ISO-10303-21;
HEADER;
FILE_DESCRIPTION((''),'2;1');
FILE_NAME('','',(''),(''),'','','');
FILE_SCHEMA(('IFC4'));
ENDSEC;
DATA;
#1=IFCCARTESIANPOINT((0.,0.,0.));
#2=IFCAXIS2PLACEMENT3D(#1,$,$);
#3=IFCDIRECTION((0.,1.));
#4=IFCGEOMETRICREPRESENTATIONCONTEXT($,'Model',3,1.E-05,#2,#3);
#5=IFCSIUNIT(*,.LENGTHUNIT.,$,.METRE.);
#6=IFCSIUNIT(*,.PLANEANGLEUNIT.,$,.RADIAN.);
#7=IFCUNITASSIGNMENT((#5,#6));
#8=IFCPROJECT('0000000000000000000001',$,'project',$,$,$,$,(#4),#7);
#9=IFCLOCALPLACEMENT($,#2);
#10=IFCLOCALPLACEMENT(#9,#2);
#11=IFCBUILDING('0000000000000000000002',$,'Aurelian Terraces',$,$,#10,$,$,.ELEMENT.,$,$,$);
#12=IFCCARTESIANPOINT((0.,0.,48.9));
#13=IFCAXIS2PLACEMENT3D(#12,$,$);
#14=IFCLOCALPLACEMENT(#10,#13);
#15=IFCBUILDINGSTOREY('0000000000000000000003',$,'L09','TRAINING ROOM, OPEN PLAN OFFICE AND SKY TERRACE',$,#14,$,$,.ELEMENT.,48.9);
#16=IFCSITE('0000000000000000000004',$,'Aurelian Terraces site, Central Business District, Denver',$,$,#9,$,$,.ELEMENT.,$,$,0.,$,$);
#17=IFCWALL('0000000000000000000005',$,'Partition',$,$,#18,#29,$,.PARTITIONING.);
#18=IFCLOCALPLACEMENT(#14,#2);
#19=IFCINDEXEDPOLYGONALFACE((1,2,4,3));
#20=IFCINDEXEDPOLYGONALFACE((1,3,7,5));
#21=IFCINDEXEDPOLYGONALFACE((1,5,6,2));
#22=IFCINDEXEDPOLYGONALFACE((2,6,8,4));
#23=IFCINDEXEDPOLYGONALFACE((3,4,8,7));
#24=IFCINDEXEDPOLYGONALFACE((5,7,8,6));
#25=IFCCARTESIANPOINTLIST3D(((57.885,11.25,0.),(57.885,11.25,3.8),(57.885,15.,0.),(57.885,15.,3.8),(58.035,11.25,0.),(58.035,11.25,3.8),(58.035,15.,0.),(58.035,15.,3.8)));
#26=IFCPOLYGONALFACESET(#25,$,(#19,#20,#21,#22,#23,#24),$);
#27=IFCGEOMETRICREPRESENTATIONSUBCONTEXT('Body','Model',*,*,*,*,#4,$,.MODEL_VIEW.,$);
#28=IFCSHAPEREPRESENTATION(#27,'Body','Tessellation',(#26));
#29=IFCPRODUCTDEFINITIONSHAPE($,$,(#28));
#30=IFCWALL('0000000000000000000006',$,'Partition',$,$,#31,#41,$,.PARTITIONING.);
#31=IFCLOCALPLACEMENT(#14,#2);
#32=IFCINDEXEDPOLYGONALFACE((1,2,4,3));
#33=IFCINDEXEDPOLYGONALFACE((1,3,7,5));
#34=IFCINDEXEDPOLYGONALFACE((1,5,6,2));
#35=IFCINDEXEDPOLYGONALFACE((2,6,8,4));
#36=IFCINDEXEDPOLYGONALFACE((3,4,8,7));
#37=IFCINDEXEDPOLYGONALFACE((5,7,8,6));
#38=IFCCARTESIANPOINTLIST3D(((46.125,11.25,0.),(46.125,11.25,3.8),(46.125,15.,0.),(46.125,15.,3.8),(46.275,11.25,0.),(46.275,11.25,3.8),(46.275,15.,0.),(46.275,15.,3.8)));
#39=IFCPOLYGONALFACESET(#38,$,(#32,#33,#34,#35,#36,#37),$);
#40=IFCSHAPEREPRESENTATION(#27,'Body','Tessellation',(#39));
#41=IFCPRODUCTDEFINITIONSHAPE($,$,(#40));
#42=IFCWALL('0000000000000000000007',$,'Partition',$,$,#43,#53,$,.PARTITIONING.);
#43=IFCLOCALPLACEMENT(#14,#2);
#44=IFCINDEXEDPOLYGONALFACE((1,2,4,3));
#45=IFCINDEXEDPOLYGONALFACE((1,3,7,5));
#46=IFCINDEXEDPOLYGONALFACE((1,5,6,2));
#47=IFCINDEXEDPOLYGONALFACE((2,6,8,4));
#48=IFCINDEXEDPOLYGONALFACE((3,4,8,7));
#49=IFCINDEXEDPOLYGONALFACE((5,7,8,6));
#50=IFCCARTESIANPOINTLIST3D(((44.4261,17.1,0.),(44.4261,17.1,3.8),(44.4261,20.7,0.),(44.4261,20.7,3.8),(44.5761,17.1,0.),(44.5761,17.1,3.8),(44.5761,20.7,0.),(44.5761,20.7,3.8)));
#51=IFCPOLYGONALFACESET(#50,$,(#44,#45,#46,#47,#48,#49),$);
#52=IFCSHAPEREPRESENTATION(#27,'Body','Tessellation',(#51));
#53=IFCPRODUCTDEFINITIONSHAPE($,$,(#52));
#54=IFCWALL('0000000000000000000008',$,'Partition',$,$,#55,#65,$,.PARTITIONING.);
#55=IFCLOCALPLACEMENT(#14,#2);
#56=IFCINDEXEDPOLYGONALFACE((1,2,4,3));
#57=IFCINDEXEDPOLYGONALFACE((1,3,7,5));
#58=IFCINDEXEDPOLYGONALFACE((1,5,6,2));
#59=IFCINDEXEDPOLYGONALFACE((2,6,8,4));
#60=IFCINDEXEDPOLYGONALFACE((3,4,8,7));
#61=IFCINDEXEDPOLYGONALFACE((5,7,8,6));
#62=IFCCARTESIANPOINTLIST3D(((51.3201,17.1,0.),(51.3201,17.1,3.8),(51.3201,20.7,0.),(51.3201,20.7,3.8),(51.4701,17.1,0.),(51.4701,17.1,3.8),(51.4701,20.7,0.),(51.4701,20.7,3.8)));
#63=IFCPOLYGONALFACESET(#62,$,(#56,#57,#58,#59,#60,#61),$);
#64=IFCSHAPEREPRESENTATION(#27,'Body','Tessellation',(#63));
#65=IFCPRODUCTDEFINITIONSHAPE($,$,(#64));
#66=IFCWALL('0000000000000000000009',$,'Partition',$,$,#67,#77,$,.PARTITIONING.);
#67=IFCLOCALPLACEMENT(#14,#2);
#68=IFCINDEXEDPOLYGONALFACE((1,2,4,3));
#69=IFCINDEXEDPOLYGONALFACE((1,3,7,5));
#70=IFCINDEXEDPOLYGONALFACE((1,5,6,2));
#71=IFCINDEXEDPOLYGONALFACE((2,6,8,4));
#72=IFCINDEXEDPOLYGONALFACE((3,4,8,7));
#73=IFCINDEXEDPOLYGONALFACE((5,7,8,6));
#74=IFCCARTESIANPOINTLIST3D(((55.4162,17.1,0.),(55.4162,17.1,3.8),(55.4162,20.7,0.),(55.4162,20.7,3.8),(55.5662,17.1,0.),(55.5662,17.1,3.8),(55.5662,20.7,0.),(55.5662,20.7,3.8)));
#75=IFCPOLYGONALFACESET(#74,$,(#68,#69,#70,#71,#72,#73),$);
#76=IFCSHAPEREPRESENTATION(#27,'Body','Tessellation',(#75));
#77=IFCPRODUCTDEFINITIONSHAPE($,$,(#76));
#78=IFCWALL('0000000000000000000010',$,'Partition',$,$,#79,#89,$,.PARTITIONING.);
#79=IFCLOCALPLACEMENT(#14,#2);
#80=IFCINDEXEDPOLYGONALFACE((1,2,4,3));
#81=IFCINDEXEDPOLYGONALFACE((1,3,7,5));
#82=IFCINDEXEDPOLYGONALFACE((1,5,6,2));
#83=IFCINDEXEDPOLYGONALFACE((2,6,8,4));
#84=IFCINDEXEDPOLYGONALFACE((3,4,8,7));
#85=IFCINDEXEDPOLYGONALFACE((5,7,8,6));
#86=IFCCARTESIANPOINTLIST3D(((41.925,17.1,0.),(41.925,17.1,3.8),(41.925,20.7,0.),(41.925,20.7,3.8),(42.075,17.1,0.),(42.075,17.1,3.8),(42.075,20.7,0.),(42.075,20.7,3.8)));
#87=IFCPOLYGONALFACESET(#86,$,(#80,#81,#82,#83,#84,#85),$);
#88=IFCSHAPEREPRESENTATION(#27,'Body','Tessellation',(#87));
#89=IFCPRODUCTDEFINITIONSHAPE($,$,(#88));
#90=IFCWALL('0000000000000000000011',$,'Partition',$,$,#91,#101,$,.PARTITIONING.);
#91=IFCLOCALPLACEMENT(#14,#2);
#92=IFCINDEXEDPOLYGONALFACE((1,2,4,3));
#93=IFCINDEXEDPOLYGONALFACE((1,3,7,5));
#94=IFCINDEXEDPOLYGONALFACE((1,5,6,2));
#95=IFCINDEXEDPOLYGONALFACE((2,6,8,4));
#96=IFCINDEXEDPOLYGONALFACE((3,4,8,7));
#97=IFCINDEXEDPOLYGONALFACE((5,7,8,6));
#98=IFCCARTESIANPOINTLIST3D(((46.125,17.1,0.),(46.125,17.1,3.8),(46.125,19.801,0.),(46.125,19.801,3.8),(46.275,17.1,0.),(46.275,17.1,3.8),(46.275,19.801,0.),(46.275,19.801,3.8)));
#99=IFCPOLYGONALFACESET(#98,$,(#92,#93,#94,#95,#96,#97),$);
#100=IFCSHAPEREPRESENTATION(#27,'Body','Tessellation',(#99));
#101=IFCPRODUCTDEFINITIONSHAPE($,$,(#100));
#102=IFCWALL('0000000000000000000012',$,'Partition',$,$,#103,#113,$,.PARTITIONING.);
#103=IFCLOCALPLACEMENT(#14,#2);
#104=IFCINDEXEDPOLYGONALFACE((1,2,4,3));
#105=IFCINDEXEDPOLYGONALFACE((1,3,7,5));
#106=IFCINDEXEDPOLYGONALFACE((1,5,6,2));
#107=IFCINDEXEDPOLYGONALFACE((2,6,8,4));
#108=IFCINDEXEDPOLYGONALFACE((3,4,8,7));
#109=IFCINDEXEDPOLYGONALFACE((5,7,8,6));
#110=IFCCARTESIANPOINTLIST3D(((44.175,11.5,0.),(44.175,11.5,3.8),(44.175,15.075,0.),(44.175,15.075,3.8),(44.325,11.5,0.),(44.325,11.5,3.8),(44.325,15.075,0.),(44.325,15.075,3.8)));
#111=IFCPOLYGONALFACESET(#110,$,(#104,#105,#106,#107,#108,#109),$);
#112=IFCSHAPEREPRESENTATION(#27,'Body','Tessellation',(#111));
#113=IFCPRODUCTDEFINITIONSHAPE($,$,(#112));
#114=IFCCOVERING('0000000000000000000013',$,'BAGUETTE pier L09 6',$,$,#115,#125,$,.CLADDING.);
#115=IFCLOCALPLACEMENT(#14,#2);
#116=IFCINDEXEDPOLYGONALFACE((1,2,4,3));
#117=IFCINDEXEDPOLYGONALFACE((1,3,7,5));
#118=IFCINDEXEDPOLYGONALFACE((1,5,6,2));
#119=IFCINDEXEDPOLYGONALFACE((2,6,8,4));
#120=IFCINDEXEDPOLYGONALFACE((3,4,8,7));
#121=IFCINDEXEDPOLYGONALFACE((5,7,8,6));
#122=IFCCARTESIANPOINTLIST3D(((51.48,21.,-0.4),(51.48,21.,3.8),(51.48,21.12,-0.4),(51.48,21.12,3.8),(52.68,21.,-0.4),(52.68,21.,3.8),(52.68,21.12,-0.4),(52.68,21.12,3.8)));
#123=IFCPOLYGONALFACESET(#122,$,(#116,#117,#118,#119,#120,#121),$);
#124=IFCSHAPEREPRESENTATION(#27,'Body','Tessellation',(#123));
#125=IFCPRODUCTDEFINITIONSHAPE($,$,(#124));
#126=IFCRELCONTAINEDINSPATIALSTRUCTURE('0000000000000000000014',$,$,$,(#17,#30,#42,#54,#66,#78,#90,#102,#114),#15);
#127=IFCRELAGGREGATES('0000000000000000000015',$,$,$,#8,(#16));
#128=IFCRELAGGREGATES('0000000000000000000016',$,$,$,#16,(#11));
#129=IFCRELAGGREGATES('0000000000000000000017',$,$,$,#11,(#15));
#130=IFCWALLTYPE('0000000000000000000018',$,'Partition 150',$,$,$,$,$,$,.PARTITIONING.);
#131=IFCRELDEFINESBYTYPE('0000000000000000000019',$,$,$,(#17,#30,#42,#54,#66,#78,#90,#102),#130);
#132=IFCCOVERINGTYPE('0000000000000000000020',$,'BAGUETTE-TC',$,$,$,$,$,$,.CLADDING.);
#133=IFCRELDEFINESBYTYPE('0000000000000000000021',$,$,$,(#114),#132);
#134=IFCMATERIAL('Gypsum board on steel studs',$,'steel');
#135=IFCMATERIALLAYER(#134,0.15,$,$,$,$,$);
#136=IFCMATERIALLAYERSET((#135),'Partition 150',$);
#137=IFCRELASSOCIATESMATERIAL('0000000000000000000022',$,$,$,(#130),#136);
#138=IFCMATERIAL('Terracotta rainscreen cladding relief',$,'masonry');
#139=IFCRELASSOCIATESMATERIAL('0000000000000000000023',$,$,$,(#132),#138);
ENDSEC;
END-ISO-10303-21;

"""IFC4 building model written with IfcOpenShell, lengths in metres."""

from ifc_helpers import new_model, si_unit, direction, frame, frame_2d, origin, origin_2d, place, context, subcontext, project, spatial, rectangle, extrude, source, transform, mapped, material, layer, layer_set, type_object, element, save


model = new_model("IFC4")

# Units and contexts
model_context = context("Model", 3, precision=1e-05, world=origin(), true_north=direction((0.0, 1.0)))
body_context = subcontext(model_context, "Body", "Model", "MODEL_VIEW")
ifc_project = project(units=[si_unit("LENGTHUNIT", "METRE"), si_unit("PLANEANGLEUNIT", "RADIAN")], contexts=[model_context])

# Site, building, storey
site_placement = place(None, origin())
site = spatial("IfcSite", under=ifc_project, at=site_placement, Name="Aurelian Terraces site, Central Business District, Denver", CompositionType="ELEMENT", RefElevation=0.0)
building_placement = place(site_placement, origin())
building = spatial("IfcBuilding", under=site, at=building_placement, Name="Aurelian Terraces", CompositionType="ELEMENT")
storey_placement = place(building_placement, frame((0.0, 0.0, 48.9)))
storey = spatial("IfcBuildingStorey", under=building, at=storey_placement, Name="L09", Description="TRAINING ROOM, OPEN PLAN OFFICE AND SKY TERRACE", CompositionType="ELEMENT", Elevation=48.9)

# Shared definitions
ifc_material_1 = material(Name="Gypsum board on steel studs", Category="steel")
ifc_layer_1 = layer(ifc_material_1, 0.15)
ifc_layer_set_1 = layer_set([ifc_layer_1], Name="Partition 150")
wall_type_1 = type_object("IfcWallType", Name="Partition 150", PredefinedType="PARTITIONING", material=ifc_layer_set_1)

# Walls
shared_shape_1 = source(origin(), body_context, "Body", "SweptSolid", [
    extrude(rectangle(XDim=3.75, YDim=0.15, at=frame_2d((1.875, 0.0))), origin(), (0.0, 0.0, 1.0), 3.8),
])
for number, where, z_axis, x_axis, name in (
    (1, (57.96, 11.25, 0.0), (0.0, 0.0, 1.0), (0.0, 1.0, 0.0), "Partition"),
    (2, (46.2, 11.25, 0.0), (0.0, 0.0, 1.0), (0.0, 1.0, 0.0), "Partition"),
):
    element("IfcWall", number, at=place(storey_placement, frame(where, z_axis=z_axis, x_axis=x_axis)), inside=storey, type_object=wall_type_1, Name=name, PredefinedType="PARTITIONING", context=body_context, shape_type="MappedRepresentation", body=[
        mapped(shared_shape_1, transform((0.0, 0.0, 0.0), scale=1.0)),
    ])
shared_shape_2 = source(origin(), body_context, "Body", "SweptSolid", [
    extrude(rectangle(XDim=3.6, YDim=0.15, at=frame_2d((1.8, 0.0))), origin(), (0.0, 0.0, 1.0), 3.8),
])
for number, where, z_axis, x_axis, name in (
    (3, (44.5011, 20.7, 0.0), (0.0, 0.0, 1.0), (0.0, -1.0, 0.0), "Partition"),
    (4, (51.3951, 20.7, 0.0), (0.0, 0.0, 1.0), (0.0, -1.0, 0.0), "Partition"),
    (5, (55.4912, 20.7, 0.0), (0.0, 0.0, 1.0), (0.0, -1.0, 0.0), "Partition"),
    (6, (42.0, 17.1, 0.0), (0.0, 0.0, 1.0), (0.0, 1.0, 0.0), "Partition"),
):
    element("IfcWall", number, at=place(storey_placement, frame(where, z_axis=z_axis, x_axis=x_axis)), inside=storey, type_object=wall_type_1, Name=name, PredefinedType="PARTITIONING", context=body_context, shape_type="MappedRepresentation", body=[
        mapped(shared_shape_2, transform((0.0, 0.0, 0.0), scale=1.0)),
    ])
shared_shape_3 = source(origin(), body_context, "Body", "SweptSolid", [
    extrude(rectangle(XDim=2.701, YDim=0.15, at=frame_2d((1.3505, 0.0))), origin(), (0.0, 0.0, 1.0), 3.8),
])
wall_1_placement = place(storey_placement, frame((46.2, 17.1, 0.0), z_axis=(0.0, 0.0, 1.0), x_axis=(0.0, 1.0, 0.0)))
element("IfcWall", 7, at=wall_1_placement, inside=storey, type_object=wall_type_1, Name="Partition", PredefinedType="PARTITIONING", context=body_context, shape_type="MappedRepresentation", body=[
    mapped(shared_shape_3, transform((0.0, 0.0, 0.0), scale=1.0)),
])
shared_shape_4 = source(origin(), body_context, "Body", "SweptSolid", [
    extrude(rectangle(XDim=3.575, YDim=0.15, at=frame_2d((1.7875, 0.0))), origin(), (0.0, 0.0, 1.0), 3.8),
])
wall_2_placement = place(storey_placement, frame((44.25, 11.5, 0.0), z_axis=(0.0, 0.0, 1.0), x_axis=(0.0, 1.0, 0.0)))
element("IfcWall", 8, at=wall_2_placement, inside=storey, type_object=wall_type_1, Name="Partition", PredefinedType="PARTITIONING", context=body_context, shape_type="MappedRepresentation", body=[
    mapped(shared_shape_4, transform((0.0, 0.0, 0.0), scale=1.0)),
])

# Covering
ifc_material_2 = material(Name="Terracotta rainscreen cladding relief", Category="masonry")
covering_type = type_object("IfcCoveringType", Name="BAGUETTE-TC", PredefinedType="CLADDING", material=ifc_material_2)
shared_shape_5 = source(origin(), body_context, "Body", "SweptSolid", [
    extrude(rectangle(XDim=1.2, YDim=0.12, at=origin_2d()), origin(), (0.0, 0.0, 1.0), 4.2),
])
covering_placement = place(storey_placement, frame((52.08, 21.06, -0.4), z_axis=(0.0, 0.0, 1.0), x_axis=(1.0, 0.0, 0.0)))
element("IfcCovering", 9, at=covering_placement, inside=storey, type_object=covering_type, Name="BAGUETTE pier L09 6", PredefinedType="CLADDING", context=body_context, shape_type="MappedRepresentation", body=[
    mapped(shared_shape_5, transform((0.0, 0.0, 0.0), scale=1.0)),
])

save(model, "model.ifc")
